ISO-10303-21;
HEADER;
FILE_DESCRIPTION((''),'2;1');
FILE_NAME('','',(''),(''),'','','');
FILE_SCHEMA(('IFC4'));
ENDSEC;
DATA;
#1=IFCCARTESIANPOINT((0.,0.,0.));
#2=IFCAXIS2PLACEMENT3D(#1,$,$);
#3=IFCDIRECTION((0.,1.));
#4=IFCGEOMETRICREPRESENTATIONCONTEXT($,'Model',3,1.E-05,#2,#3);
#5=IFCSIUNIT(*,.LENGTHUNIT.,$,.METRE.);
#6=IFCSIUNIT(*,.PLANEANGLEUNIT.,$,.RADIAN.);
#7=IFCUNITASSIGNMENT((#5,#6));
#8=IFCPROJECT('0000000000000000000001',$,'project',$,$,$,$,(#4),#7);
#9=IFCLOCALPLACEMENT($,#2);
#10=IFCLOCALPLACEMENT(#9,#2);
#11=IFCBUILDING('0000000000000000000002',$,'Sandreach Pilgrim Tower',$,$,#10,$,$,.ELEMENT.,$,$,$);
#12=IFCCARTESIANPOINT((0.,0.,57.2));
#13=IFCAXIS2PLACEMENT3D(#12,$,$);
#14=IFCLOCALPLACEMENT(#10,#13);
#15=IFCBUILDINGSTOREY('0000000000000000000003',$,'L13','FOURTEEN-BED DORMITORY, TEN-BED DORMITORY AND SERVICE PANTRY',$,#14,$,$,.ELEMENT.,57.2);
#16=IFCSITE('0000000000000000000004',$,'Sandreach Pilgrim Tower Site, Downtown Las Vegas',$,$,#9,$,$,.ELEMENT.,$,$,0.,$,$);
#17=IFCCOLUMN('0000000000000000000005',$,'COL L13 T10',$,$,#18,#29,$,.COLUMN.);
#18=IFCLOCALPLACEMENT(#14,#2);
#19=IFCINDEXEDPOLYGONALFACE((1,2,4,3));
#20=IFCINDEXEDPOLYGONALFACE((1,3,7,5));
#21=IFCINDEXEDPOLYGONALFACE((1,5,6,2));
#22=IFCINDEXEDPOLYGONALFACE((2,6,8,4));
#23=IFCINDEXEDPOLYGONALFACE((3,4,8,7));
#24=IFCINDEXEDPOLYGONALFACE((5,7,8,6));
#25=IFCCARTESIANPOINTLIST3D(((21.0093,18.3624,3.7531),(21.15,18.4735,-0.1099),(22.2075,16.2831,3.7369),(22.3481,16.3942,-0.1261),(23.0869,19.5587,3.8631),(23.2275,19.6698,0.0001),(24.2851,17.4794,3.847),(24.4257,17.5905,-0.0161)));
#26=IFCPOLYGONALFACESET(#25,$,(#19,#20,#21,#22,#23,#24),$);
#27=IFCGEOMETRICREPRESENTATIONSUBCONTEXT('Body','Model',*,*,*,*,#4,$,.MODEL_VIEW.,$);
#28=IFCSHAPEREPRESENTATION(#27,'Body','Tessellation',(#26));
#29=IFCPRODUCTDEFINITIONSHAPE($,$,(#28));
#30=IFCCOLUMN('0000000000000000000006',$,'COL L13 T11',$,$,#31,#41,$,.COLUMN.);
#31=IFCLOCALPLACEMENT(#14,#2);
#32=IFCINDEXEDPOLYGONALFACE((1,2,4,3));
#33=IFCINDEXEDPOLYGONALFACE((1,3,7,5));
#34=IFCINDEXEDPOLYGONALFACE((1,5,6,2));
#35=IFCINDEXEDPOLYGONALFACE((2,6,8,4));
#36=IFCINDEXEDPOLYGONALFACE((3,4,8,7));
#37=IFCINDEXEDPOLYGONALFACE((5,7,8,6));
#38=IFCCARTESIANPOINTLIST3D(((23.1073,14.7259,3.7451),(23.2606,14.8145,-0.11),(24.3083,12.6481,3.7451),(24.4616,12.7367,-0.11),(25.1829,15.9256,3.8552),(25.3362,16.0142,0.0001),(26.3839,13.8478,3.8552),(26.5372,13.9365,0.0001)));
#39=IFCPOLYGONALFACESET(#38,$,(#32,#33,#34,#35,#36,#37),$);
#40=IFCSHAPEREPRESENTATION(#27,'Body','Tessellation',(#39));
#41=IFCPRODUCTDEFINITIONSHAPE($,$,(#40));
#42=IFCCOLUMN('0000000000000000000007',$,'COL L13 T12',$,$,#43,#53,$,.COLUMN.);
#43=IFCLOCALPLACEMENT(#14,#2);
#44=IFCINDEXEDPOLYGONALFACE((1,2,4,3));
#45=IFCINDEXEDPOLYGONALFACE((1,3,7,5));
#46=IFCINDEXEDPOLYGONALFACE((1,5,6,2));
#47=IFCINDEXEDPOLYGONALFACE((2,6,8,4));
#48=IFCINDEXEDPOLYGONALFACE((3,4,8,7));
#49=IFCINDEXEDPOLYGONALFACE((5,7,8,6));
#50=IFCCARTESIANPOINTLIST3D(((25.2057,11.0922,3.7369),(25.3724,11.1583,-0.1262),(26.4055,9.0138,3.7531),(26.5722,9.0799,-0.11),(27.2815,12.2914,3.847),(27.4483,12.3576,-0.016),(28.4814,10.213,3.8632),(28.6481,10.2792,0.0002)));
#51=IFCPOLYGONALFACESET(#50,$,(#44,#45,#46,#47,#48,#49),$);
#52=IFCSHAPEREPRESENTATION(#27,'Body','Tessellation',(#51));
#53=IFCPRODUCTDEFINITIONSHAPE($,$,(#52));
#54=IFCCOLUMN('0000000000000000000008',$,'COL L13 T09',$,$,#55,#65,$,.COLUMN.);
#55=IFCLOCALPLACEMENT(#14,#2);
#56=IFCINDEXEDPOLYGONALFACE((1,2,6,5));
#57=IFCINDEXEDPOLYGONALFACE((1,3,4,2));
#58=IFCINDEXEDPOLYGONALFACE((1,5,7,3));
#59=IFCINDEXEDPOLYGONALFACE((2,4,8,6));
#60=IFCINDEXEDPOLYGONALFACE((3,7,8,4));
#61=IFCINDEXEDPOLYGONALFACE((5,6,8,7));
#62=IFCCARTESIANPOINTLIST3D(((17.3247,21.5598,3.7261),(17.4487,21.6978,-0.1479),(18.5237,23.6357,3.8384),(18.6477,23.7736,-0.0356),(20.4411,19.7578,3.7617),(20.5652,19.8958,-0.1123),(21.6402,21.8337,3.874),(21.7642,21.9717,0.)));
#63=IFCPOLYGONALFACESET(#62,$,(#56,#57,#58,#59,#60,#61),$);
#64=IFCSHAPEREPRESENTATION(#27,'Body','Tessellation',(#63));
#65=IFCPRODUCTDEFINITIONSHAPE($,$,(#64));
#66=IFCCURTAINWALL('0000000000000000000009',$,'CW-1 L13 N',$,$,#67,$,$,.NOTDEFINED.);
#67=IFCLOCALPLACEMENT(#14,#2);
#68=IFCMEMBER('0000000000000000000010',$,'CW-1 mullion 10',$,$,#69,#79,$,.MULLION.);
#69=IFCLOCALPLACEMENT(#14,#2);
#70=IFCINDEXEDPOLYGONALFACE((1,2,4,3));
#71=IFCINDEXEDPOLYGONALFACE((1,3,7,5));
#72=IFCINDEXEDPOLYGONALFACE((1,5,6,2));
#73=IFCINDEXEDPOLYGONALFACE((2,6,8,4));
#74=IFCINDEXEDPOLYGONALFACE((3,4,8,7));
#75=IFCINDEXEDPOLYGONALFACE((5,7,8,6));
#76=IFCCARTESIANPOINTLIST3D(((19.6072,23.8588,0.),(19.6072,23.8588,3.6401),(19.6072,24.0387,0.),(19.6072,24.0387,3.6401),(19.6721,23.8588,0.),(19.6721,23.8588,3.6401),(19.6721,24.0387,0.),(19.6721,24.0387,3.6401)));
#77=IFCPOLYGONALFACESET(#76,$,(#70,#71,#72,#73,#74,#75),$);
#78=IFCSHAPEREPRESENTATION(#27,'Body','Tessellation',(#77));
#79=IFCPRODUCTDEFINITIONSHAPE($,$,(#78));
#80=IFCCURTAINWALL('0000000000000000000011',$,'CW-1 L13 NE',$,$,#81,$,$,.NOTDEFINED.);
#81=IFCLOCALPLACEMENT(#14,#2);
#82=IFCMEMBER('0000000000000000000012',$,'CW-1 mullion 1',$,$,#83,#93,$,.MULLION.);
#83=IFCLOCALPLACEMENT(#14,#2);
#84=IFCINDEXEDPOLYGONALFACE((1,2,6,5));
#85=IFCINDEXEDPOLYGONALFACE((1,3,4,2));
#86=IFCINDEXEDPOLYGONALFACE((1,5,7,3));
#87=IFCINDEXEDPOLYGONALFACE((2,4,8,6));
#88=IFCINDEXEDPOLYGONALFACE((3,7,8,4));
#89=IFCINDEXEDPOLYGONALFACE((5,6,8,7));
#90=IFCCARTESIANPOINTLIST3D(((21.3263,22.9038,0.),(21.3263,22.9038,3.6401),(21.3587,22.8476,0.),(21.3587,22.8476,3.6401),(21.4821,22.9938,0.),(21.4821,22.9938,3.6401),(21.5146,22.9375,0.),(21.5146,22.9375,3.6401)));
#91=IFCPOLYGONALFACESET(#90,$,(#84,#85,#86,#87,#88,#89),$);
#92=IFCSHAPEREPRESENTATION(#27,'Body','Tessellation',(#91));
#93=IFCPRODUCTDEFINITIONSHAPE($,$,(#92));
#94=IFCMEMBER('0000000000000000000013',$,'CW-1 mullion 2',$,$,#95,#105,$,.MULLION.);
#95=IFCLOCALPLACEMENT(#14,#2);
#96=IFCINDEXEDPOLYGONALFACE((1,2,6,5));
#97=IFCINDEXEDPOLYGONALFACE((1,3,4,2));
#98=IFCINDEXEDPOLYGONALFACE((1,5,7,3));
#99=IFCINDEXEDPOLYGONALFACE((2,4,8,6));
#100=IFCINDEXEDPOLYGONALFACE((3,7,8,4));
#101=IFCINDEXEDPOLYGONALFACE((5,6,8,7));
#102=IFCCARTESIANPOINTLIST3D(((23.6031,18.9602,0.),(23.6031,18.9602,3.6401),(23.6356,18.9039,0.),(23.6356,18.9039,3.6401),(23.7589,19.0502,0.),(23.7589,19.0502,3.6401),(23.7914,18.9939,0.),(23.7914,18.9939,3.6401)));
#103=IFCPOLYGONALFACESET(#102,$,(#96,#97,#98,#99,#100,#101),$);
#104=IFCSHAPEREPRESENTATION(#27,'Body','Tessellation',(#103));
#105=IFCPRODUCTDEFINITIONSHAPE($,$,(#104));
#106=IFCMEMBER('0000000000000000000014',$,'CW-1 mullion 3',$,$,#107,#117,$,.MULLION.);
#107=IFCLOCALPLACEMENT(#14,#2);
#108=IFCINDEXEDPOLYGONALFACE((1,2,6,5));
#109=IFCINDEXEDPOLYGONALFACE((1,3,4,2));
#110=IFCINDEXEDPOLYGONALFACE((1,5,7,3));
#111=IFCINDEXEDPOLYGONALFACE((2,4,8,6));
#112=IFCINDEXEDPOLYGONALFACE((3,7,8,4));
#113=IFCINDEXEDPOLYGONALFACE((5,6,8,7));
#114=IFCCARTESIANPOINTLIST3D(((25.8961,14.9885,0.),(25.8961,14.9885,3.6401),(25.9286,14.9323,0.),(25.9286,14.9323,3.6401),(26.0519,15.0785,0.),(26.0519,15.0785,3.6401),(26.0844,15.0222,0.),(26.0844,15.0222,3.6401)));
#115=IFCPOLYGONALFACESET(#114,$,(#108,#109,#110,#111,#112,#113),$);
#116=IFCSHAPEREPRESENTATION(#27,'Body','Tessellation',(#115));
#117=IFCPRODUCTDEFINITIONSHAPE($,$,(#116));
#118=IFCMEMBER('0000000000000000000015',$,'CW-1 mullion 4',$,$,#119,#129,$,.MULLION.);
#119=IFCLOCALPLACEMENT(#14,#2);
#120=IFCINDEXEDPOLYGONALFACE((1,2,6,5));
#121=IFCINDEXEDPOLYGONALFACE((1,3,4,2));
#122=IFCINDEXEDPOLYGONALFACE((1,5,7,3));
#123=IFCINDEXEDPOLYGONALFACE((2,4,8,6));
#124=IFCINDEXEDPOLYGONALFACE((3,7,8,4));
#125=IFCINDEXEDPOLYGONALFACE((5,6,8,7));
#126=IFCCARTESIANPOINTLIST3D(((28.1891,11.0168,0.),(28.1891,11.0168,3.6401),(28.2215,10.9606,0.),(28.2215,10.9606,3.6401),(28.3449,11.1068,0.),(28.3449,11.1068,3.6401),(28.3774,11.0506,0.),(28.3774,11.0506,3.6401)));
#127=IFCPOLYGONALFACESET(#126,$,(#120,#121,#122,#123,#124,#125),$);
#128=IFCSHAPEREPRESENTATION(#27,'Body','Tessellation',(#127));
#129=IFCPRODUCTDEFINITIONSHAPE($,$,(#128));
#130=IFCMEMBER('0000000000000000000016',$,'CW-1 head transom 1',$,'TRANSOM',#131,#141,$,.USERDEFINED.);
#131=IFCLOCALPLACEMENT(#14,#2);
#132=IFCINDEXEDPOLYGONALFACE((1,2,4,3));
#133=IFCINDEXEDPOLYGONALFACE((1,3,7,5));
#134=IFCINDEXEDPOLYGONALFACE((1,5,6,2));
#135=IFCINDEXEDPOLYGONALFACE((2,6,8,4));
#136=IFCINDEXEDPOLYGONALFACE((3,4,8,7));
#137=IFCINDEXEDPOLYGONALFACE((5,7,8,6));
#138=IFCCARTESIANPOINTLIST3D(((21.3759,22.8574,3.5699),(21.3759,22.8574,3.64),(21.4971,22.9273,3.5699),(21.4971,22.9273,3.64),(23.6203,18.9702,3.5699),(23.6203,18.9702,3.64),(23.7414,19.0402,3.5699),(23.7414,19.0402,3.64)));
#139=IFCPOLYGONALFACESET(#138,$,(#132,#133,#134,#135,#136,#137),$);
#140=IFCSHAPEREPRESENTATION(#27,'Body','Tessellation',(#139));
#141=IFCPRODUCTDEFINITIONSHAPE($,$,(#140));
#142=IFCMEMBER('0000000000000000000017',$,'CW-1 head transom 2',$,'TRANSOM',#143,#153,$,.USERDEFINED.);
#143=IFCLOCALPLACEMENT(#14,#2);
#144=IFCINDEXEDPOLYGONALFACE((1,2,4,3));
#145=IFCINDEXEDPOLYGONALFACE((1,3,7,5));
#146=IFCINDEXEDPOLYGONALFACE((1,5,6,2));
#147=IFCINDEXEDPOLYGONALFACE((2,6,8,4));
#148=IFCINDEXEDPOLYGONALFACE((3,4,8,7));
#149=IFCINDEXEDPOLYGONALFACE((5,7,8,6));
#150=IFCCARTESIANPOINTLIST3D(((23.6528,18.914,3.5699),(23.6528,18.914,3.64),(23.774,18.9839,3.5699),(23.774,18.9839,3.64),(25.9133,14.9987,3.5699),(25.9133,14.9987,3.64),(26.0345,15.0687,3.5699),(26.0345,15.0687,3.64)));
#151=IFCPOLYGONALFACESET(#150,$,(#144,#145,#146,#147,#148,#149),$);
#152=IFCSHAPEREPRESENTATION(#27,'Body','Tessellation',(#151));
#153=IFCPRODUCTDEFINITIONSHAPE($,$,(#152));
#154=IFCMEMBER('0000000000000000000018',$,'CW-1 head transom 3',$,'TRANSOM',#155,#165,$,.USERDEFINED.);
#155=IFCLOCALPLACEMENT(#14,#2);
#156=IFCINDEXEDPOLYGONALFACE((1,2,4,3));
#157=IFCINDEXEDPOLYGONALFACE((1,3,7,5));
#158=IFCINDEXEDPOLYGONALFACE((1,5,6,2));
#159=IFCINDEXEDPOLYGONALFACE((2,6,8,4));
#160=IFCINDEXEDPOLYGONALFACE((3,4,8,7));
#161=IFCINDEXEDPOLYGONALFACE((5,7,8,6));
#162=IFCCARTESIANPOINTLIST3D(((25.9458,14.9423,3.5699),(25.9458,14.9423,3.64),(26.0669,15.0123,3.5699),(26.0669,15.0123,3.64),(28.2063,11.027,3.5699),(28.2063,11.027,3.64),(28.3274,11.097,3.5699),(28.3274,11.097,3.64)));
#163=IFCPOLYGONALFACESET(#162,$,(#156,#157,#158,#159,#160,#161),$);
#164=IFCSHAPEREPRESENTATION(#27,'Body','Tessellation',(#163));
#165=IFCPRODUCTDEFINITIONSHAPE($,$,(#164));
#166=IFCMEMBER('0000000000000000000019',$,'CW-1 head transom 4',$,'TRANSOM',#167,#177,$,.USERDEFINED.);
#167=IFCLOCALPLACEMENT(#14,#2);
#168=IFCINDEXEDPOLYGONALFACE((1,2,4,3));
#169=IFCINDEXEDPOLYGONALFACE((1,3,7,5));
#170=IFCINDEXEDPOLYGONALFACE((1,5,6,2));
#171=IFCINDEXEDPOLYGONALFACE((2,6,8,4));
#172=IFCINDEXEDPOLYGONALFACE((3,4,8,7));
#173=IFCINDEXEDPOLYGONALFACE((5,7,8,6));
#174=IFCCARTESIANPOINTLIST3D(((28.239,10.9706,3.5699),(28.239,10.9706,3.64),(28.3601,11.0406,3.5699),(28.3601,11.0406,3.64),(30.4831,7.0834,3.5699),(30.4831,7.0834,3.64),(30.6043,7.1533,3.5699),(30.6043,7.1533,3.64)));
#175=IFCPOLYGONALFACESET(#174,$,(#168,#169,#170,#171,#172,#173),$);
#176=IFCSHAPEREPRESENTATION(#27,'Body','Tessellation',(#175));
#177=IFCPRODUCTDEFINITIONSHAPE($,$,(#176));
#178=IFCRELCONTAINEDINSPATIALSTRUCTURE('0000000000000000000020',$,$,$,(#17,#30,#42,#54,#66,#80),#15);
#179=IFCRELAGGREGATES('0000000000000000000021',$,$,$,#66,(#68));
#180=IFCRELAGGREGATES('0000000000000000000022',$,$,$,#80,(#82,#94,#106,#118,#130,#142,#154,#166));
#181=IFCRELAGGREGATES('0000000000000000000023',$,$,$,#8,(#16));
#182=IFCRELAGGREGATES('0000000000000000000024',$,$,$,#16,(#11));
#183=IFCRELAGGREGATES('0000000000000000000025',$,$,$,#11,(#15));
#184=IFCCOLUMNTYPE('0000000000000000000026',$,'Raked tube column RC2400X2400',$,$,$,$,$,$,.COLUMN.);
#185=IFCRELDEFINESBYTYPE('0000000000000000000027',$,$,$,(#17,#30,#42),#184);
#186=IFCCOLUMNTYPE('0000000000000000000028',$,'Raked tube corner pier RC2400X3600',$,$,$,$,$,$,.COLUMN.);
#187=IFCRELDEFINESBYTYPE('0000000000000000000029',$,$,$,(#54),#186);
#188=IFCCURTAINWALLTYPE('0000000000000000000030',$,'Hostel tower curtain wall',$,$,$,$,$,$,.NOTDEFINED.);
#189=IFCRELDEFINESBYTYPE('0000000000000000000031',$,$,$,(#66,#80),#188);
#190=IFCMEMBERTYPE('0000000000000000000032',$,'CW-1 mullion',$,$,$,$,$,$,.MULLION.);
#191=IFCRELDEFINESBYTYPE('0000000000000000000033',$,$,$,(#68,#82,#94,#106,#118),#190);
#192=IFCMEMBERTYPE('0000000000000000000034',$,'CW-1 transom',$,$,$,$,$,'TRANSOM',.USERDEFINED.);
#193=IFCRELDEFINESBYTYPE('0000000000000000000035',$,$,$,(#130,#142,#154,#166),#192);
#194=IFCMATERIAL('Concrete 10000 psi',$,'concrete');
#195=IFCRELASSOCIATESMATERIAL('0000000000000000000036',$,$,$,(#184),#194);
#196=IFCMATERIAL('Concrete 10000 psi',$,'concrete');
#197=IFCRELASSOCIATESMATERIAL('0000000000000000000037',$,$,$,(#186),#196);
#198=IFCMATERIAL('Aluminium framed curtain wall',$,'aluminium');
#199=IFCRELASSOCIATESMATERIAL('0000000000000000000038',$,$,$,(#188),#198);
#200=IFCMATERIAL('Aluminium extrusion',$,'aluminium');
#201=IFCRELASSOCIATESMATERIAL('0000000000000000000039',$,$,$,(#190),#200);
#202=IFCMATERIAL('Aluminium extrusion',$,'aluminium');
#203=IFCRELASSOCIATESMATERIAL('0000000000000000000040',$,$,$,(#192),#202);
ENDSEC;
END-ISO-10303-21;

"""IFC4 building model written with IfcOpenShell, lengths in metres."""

from ifc_helpers import new_model, si_unit, direction, frame, origin, origin_2d, place, context, subcontext, project, spatial, rectangle, extrude, material, material_profile, profile_set, type_object, element, aggregate, save


model = new_model("IFC4")

# Units and contexts
model_context = context("Model", 3, precision=1e-05, world=origin(), true_north=direction((0.0, 1.0)))
body_context = subcontext(model_context, "Body", "Model", "MODEL_VIEW")
ifc_project = project(units=[si_unit("LENGTHUNIT", "METRE"), si_unit("PLANEANGLEUNIT", "RADIAN")], contexts=[model_context])

# Site, building, storey
site_placement = place(None, origin())
site = spatial("IfcSite", under=ifc_project, at=site_placement, Name="Sandreach Pilgrim Tower Site, Downtown Las Vegas", CompositionType="ELEMENT", RefElevation=0.0)
building_placement = place(site_placement, origin())
building = spatial("IfcBuilding", under=site, at=building_placement, Name="Sandreach Pilgrim Tower", CompositionType="ELEMENT")
storey_placement = place(building_placement, frame((0.0, 0.0, 57.2)))
storey = spatial("IfcBuildingStorey", under=building, at=storey_placement, Name="L13", Description="FOURTEEN-BED DORMITORY, TEN-BED DORMITORY AND SERVICE PANTRY", CompositionType="ELEMENT", Elevation=57.2)

# Columns
ifc_material_1 = material(Name="Concrete 10000 psi", Category="concrete")
ifc_material_profile_1 = material_profile(ifc_material_1, rectangle(XDim=2.3999, YDim=2.3999, at=origin_2d()), Name="RC2400X2400")
ifc_profile_set_1 = profile_set([ifc_material_profile_1], Name="Concrete 10000 psi")
column_type_1 = type_object("IfcColumnType", Name="Raked tube column RC2400X2400", PredefinedType="COLUMN", material=ifc_profile_set_1)
column_1_placement = place(storey_placement, frame((22.7878, 18.032, -0.063), z_axis=(-0.036364, -0.028725, 0.998926), x_axis=(0.86569, 0.498476, 0.045847)))
element("IfcColumn", 1, at=column_1_placement, inside=storey, type_object=column_type_1, Name="COL L13 T10", PredefinedType="COLUMN", context=body_context, shape_type="SweptSolid", body=[
    extrude(rectangle(XDim=2.3999, YDim=2.3999, at=origin_2d()), origin(), (0.0, 0.0, 1.0), 3.8672),
])
column_2_placement = place(storey_placement, frame((24.8989, 14.3755, -0.0549), z_axis=(-0.03973, -0.022965, 0.998947), x_axis=(0.86486, 0.499911, 0.04589)))
element("IfcColumn", 2, at=column_2_placement, inside=storey, type_object=column_type_1, Name="COL L13 T11", PredefinedType="COLUMN", context=body_context, shape_type="SweptSolid", body=[
    extrude(rectangle(XDim=2.3999, YDim=2.3999, at=origin_2d()), origin(), (0.0, 0.0, 1.0), 3.8591),
])
column_3_placement = place(storey_placement, frame((27.0103, 10.7188, -0.063), z_axis=(-0.043119, -0.017109, 0.998923), x_axis=(0.864986, 0.499693, 0.045895)))
element("IfcColumn", 3, at=column_3_placement, inside=storey, type_object=column_type_1, Name="COL L13 T12", PredefinedType="COLUMN", context=body_context, shape_type="SweptSolid", body=[
    extrude(rectangle(XDim=2.3999, YDim=2.3999, at=origin_2d()), origin(), (0.0, 0.0, 1.0), 3.8672),
])
ifc_material_2 = material(Name="Concrete 10000 psi", Category="concrete")
ifc_material_profile_2 = material_profile(ifc_material_2, rectangle(XDim=2.3999, YDim=3.6001, at=origin_2d()), Name="RC2400X3600")
ifc_profile_set_2 = profile_set([ifc_material_profile_2], Name="Concrete 10000 psi")
column_type_2 = type_object("IfcColumnType", Name="Raked tube corner pier RC2400X3600", PredefinedType="COLUMN", material=ifc_profile_set_2)
column_4_placement = place(storey_placement, frame((19.6064, 21.8347, -0.074), z_axis=(-0.031977, -0.035566, 0.998856), x_axis=(0.499614, 0.864983, 0.046794)))
element("IfcColumn", 4, at=column_4_placement, inside=storey, type_object=column_type_2, Name="COL L13 T09", PredefinedType="COLUMN", context=body_context, shape_type="SweptSolid", body=[
    extrude(rectangle(XDim=2.3999, YDim=3.6001, at=origin_2d()), origin(), (0.0, 0.0, 1.0), 3.8784),
])

# Curtain wall, member
ifc_material_3 = material(Name="Aluminium framed curtain wall", Category="aluminium")
curtain_wall_type = type_object("IfcCurtainWallType", Name="Hostel tower curtain wall", PredefinedType="NOTDEFINED", material=ifc_material_3)
curtain_wall_1_placement = place(storey_placement, origin())
curtain_wall_1 = element("IfcCurtainWall", 5, at=curtain_wall_1_placement, inside=storey, type_object=curtain_wall_type, Name="CW-1 L13 N", PredefinedType="NOTDEFINED")
ifc_material_4 = material(Name="Aluminium extrusion", Category="aluminium")
ifc_material_profile_3 = material_profile(ifc_material_4, rectangle(XDim=0.0649, YDim=0.1799, at=origin_2d()), Name="CW-1M 65X180")
ifc_profile_set_3 = profile_set([ifc_material_profile_3], Name="Aluminium extrusion")
member_type_1 = type_object("IfcMemberType", Name="CW-1 mullion", PredefinedType="MULLION", material=ifc_profile_set_3)
member_1_placement = place(storey_placement, frame((19.6396, 23.9487, 0.0), z_axis=(0.0, 0.0, 1.0), x_axis=(1.0, 0.0, 0.0)))
member_1 = element("IfcMember", 6, at=member_1_placement, type_object=member_type_1, Name="CW-1 mullion 10", PredefinedType="MULLION", context=body_context, shape_type="SweptSolid", body=[
    extrude(rectangle(XDim=0.0649, YDim=0.1799, at=origin_2d()), origin(), (0.0, 0.0, 1.0), 3.6401),
])
aggregate(curtain_wall_1, [member_1])

# Curtain wall, members
curtain_wall_2_placement = place(storey_placement, origin())
curtain_wall_2 = element("IfcCurtainWall", 7, at=curtain_wall_2_placement, inside=storey, type_object=curtain_wall_type, Name="CW-1 L13 NE", PredefinedType="NOTDEFINED")
member_2_placement = place(storey_placement, frame((21.4204, 22.9207, 0.0), z_axis=(0.0, 0.0, 1.0), x_axis=(0.5, -0.866025, 0.0)))
member_2 = element("IfcMember", 8, at=member_2_placement, type_object=member_type_1, Name="CW-1 mullion 1", PredefinedType="MULLION", context=body_context, shape_type="SweptSolid", body=[
    extrude(rectangle(XDim=0.0649, YDim=0.1799, at=origin_2d()), origin(), (0.0, 0.0, 1.0), 3.6401),
])
member_3_placement = place(storey_placement, frame((23.6973, 18.9771, 0.0), z_axis=(0.0, 0.0, 1.0), x_axis=(0.5, -0.866025, 0.0)))
member_3 = element("IfcMember", 9, at=member_3_placement, type_object=member_type_1, Name="CW-1 mullion 2", PredefinedType="MULLION", context=body_context, shape_type="SweptSolid", body=[
    extrude(rectangle(XDim=0.0649, YDim=0.1799, at=origin_2d()), origin(), (0.0, 0.0, 1.0), 3.6401),
])
member_4_placement = place(storey_placement, frame((25.9902, 15.0054, 0.0), z_axis=(0.0, 0.0, 1.0), x_axis=(0.5, -0.866025, 0.0)))
member_4 = element("IfcMember", 10, at=member_4_placement, type_object=member_type_1, Name="CW-1 mullion 3", PredefinedType="MULLION", context=body_context, shape_type="SweptSolid", body=[
    extrude(rectangle(XDim=0.0649, YDim=0.1799, at=origin_2d()), origin(), (0.0, 0.0, 1.0), 3.6401),
])
member_5_placement = place(storey_placement, frame((28.2832, 11.0337, 0.0), z_axis=(0.0, 0.0, 1.0), x_axis=(0.5, -0.866025, 0.0)))
member_5 = element("IfcMember", 11, at=member_5_placement, type_object=member_type_1, Name="CW-1 mullion 4", PredefinedType="MULLION", context=body_context, shape_type="SweptSolid", body=[
    extrude(rectangle(XDim=0.0649, YDim=0.1799, at=origin_2d()), origin(), (0.0, 0.0, 1.0), 3.6401),
])
ifc_material_5 = material(Name="Aluminium extrusion", Category="aluminium")
ifc_material_profile_4 = material_profile(ifc_material_5, rectangle(XDim=0.1399, YDim=0.0701, at=origin_2d()), Name="CW-1T 140X70")
ifc_profile_set_4 = profile_set([ifc_material_profile_4], Name="Aluminium extrusion")
member_type_2 = type_object("IfcMemberType", Name="CW-1 transom", ElementType="TRANSOM", PredefinedType="USERDEFINED", material=ifc_profile_set_4)
member_6_placement = place(storey_placement, frame((21.4365, 22.8923, 3.605), z_axis=(0.500018, -0.866015, 0.0), x_axis=(0.866015, 0.500018, 0.0)))
member_6 = element("IfcMember", 12, at=member_6_placement, type_object=member_type_2, Name="CW-1 head transom 1", ObjectType="TRANSOM", PredefinedType="USERDEFINED", context=body_context, shape_type="SweptSolid", body=[
    extrude(rectangle(XDim=0.1399, YDim=0.0701, at=origin_2d()), origin(), (0.0, 0.0, 1.0), 4.4885),
])
member_7_placement = place(storey_placement, frame((23.7134, 18.949, 3.605), z_axis=(0.500001, -0.866025, 0.0), x_axis=(0.866025, 0.500001, 0.0)))
member_7 = element("IfcMember", 13, at=member_7_placement, type_object=member_type_2, Name="CW-1 head transom 2", ObjectType="TRANSOM", PredefinedType="USERDEFINED", context=body_context, shape_type="SweptSolid", body=[
    extrude(rectangle(XDim=0.1399, YDim=0.0701, at=origin_2d()), origin(), (0.0, 0.0, 1.0), 4.521),
])
member_8_placement = place(storey_placement, frame((26.0063, 14.9773, 3.605), z_axis=(0.500001, -0.866025, 0.0), x_axis=(0.866025, 0.500001, 0.0)))
member_8 = element("IfcMember", 14, at=member_8_placement, type_object=member_type_2, Name="CW-1 head transom 3", ObjectType="TRANSOM", PredefinedType="USERDEFINED", context=body_context, shape_type="SweptSolid", body=[
    extrude(rectangle(XDim=0.1399, YDim=0.0701, at=origin_2d()), origin(), (0.0, 0.0, 1.0), 4.521),
])
member_9_placement = place(storey_placement, frame((28.2996, 11.0056, 3.605), z_axis=(0.499977, -0.866039, 0.0), x_axis=(0.866039, 0.499977, 0.0)))
member_9 = element("IfcMember", 15, at=member_9_placement, type_object=member_type_2, Name="CW-1 head transom 4", ObjectType="TRANSOM", PredefinedType="USERDEFINED", context=body_context, shape_type="SweptSolid", body=[
    extrude(rectangle(XDim=0.1399, YDim=0.0701, at=origin_2d()), origin(), (0.0, 0.0, 1.0), 4.4885),
])

aggregate(curtain_wall_2, [member_2, member_3, member_4, member_5, member_6, member_7, member_8, member_9])

save(model, "model.ifc")
